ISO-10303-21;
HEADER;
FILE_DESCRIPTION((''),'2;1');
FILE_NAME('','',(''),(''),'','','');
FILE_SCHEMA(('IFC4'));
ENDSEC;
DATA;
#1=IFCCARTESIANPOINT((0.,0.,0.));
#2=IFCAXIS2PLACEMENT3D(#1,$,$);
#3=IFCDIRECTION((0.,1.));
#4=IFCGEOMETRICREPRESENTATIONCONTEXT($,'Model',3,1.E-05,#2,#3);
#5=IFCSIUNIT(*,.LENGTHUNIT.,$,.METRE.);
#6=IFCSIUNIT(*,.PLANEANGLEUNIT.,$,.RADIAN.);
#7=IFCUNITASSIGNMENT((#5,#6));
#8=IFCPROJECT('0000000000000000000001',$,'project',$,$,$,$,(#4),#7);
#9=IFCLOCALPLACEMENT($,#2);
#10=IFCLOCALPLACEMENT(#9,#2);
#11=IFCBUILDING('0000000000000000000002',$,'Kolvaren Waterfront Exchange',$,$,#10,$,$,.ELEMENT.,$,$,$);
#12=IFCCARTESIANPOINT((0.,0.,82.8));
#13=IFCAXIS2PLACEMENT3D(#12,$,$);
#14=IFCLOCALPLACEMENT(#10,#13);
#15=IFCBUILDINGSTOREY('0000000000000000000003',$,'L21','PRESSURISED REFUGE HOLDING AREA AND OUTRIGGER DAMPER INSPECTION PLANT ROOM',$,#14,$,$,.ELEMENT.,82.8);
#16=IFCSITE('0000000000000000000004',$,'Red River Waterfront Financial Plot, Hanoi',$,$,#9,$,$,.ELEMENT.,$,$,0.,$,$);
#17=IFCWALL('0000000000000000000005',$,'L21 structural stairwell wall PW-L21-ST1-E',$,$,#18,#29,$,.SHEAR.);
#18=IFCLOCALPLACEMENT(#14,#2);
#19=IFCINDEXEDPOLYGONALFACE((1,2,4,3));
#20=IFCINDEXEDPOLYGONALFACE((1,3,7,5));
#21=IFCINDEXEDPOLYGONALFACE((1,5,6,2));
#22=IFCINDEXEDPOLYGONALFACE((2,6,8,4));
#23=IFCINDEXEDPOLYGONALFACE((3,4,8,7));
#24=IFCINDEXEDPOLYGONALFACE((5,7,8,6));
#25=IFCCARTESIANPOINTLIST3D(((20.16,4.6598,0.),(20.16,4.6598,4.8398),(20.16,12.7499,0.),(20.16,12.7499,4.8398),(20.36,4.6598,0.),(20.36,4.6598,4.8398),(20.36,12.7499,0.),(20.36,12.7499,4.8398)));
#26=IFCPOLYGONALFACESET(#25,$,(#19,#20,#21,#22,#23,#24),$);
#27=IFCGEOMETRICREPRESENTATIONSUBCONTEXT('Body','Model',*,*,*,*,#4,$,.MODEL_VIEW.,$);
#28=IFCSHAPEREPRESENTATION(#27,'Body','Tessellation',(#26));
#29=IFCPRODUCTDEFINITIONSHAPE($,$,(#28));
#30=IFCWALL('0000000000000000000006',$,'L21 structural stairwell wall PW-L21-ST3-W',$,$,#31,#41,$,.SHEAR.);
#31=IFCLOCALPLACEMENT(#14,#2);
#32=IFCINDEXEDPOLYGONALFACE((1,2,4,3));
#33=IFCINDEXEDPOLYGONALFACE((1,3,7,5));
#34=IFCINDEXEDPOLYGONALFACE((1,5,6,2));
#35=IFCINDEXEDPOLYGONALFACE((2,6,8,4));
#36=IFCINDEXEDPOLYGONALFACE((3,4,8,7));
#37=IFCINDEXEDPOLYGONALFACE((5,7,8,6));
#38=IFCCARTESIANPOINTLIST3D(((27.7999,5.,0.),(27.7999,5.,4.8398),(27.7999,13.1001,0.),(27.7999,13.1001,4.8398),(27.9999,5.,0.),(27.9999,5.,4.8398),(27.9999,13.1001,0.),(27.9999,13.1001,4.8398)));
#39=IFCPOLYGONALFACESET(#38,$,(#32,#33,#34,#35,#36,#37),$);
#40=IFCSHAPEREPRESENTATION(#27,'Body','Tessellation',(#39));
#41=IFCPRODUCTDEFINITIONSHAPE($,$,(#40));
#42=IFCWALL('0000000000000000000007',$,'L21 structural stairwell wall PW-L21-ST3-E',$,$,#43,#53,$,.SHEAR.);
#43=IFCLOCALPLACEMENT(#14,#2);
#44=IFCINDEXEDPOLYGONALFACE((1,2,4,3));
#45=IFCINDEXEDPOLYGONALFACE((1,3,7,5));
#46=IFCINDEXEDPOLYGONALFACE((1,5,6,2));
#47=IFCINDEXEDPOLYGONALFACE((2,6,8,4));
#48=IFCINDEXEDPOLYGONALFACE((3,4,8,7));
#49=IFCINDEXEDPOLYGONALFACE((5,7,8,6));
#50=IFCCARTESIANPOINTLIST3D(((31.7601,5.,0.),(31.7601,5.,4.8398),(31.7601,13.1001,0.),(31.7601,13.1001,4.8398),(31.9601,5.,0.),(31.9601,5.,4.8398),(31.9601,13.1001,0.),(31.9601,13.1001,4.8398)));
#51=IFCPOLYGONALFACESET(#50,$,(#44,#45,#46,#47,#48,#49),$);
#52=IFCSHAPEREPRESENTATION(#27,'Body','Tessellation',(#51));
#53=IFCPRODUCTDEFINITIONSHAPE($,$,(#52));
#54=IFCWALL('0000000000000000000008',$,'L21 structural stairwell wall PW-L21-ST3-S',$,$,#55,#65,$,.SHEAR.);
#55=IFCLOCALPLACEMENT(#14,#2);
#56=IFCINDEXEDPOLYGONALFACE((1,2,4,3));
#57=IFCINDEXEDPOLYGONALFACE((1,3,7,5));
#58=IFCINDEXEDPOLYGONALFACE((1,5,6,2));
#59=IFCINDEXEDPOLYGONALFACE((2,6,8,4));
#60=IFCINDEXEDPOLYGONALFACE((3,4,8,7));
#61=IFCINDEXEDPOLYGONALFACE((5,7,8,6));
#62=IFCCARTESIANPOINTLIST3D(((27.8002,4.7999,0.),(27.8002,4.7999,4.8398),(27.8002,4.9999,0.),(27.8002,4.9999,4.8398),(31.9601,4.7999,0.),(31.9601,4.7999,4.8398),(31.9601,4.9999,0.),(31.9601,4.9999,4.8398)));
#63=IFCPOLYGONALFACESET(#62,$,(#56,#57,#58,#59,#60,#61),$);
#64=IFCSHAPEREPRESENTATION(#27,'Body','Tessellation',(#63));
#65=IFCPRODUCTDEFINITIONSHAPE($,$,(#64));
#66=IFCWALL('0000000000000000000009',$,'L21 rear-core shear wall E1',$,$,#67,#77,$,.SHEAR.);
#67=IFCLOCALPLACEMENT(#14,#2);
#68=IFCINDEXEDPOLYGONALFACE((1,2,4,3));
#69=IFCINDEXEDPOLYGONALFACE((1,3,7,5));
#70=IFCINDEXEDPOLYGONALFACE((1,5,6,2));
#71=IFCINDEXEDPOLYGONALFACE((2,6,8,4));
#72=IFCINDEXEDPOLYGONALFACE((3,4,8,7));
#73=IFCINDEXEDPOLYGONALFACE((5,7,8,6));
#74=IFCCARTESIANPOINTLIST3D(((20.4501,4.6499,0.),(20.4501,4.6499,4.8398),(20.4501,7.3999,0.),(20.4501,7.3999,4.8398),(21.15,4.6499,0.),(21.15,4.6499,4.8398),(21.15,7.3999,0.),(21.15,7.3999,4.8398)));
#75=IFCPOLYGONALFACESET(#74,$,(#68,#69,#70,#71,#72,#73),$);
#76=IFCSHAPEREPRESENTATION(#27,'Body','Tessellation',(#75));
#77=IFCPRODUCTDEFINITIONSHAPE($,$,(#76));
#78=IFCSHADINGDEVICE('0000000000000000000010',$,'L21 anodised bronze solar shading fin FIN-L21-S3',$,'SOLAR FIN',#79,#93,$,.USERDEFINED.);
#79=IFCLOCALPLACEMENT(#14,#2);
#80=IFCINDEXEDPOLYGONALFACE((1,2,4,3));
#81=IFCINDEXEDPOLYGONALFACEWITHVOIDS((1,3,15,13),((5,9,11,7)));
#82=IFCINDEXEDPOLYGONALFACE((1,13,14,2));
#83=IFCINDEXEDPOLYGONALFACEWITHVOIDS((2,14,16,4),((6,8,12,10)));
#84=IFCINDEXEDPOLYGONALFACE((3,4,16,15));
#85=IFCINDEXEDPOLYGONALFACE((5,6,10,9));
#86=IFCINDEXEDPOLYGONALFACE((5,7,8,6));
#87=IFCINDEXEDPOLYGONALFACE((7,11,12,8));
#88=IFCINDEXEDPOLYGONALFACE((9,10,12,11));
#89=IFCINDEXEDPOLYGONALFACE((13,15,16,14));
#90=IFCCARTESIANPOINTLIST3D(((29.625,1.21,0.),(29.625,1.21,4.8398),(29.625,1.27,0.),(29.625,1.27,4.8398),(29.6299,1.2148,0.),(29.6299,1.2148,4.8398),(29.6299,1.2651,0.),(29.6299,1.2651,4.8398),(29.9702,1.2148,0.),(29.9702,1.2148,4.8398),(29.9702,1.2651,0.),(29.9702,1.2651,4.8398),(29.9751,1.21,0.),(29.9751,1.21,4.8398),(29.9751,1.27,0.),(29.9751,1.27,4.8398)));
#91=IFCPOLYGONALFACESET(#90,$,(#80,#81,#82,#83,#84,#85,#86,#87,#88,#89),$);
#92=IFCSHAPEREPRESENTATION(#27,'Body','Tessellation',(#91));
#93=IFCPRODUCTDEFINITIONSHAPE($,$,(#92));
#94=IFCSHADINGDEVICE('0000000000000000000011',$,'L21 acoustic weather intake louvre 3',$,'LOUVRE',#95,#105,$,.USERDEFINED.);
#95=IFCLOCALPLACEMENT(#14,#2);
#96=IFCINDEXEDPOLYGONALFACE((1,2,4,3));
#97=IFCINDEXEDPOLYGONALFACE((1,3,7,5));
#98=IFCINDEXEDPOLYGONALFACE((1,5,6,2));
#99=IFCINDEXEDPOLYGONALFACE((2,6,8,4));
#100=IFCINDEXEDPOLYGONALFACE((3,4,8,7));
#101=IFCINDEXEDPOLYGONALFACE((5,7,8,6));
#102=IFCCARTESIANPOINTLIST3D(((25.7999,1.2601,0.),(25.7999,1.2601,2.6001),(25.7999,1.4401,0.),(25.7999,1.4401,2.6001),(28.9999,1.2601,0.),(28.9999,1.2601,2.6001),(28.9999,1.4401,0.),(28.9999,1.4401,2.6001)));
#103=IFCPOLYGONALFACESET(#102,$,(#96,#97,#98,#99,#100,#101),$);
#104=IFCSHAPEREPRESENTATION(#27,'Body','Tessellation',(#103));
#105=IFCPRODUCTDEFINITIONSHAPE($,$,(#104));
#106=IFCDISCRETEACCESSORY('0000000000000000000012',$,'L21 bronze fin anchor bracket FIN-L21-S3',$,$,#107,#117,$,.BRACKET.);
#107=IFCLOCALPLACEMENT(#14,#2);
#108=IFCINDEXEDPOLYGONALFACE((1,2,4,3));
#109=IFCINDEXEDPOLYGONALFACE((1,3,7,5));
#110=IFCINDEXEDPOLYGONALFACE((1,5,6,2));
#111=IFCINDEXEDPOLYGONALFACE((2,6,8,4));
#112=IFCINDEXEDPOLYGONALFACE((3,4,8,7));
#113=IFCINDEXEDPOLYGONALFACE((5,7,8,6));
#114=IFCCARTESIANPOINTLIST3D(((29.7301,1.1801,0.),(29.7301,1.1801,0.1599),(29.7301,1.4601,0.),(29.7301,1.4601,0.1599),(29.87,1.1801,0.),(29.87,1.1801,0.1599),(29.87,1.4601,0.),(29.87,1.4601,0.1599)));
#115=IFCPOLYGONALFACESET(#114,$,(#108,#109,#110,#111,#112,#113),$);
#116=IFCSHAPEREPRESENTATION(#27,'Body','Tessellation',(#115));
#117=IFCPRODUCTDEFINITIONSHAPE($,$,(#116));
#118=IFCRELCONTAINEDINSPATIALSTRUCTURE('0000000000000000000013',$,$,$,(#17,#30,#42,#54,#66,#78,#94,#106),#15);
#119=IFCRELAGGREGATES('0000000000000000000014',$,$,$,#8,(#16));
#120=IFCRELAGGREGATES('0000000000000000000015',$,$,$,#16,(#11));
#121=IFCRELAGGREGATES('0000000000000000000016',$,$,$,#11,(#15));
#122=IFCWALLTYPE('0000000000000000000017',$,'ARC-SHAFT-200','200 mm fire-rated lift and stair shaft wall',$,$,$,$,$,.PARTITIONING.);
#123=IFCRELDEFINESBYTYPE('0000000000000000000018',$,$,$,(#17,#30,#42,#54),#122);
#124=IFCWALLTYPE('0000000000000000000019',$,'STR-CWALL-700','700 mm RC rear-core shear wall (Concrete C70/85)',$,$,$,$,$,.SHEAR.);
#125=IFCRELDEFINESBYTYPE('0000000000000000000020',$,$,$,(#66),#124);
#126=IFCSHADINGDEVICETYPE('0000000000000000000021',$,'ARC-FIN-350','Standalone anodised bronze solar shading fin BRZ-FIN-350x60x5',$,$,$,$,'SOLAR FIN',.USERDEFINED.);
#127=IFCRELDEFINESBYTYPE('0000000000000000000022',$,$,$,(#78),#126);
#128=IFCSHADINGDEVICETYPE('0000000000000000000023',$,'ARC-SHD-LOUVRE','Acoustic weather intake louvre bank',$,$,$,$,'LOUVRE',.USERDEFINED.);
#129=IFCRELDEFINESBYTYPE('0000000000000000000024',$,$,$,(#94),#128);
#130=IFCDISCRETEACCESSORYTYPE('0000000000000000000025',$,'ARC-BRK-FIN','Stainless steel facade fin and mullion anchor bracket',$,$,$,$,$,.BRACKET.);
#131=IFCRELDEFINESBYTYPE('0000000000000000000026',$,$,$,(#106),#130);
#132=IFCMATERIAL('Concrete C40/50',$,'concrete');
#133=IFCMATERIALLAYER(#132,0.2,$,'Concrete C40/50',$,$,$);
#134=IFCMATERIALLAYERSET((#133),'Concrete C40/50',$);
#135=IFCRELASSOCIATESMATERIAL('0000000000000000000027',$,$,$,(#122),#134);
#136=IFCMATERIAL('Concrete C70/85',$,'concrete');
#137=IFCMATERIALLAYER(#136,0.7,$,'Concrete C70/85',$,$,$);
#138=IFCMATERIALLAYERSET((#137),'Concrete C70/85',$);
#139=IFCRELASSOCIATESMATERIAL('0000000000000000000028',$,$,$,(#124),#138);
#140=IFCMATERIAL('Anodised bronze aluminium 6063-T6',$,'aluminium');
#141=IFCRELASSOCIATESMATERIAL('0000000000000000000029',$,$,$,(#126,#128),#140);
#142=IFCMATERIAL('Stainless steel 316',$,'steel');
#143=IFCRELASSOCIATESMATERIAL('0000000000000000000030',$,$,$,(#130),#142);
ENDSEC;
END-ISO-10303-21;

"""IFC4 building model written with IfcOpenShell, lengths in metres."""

from ifc_helpers import new_model, si_unit, direction, frame, frame_2d, origin, origin_with_axes, origin_2d, place, context, subcontext, project, spatial, rectangle, hollow_rectangle, extrude, source, transform, mapped, material, layer, layer_set, material_profile, profile_set, type_object, element, save


model = new_model("IFC4")

# Units and contexts
model_context = context("Model", 3, precision=1e-05, world=origin(), true_north=direction((0.0, 1.0)))
body_context = subcontext(model_context, "Body", "Model", "MODEL_VIEW")
ifc_project = project(units=[si_unit("LENGTHUNIT", "METRE"), si_unit("PLANEANGLEUNIT", "RADIAN")], contexts=[model_context])

# Site, building, storey
site_placement = place(None, origin())
site = spatial("IfcSite", under=ifc_project, at=site_placement, Name="Red River Waterfront Financial Plot, Hanoi", CompositionType="ELEMENT", RefElevation=0.0)
building_placement = place(site_placement, origin())
building = spatial("IfcBuilding", under=site, at=building_placement, Name="Kolvaren Waterfront Exchange", CompositionType="ELEMENT")
storey_placement = place(building_placement, frame((0.0, 0.0, 82.8)))
storey = spatial("IfcBuildingStorey", under=building, at=storey_placement, Name="L21", Description="PRESSURISED REFUGE HOLDING AREA AND OUTRIGGER DAMPER INSPECTION PLANT ROOM", CompositionType="ELEMENT", Elevation=82.8)

# Shared definitions
ifc_material_1 = material(Name="Concrete C70/85", Category="concrete")

# Shared definitions
ifc_material_2 = material(Name="Anodised bronze aluminium 6063-T6", Category="aluminium")

# Walls
ifc_material_3 = material(Name="Concrete C40/50", Category="concrete")
ifc_layer_1 = layer(ifc_material_3, 0.2, Name="Concrete C40/50")
ifc_layer_set_1 = layer_set([ifc_layer_1], Name="Concrete C40/50")
wall_type_1 = type_object("IfcWallType", Name="ARC-SHAFT-200", Description="200 mm fire-rated lift and stair shaft wall", PredefinedType="PARTITIONING", material=ifc_layer_set_1)
wall_1_placement = place(storey_placement, frame((20.26, 4.6599, 0.0), z_axis=(0.0, 0.0, 1.0), x_axis=(0.0, 1.0, 0.0)))
element("IfcWall", 1, at=wall_1_placement, inside=storey, type_object=wall_type_1, Name="L21 structural stairwell wall PW-L21-ST1-E", PredefinedType="SHEAR", context=body_context, shape_type="SweptSolid", body=[
    extrude(rectangle(XDim=8.0901, YDim=0.2, at=frame_2d((4.0449, 0.0))), origin(), (0.0, 0.0, 1.0), 4.8398),
])
for number, where, z_axis, x_axis, name in (
    (2, (27.8999, 5.0, 0.0), (0.0, 0.0, 1.0), (0.0, 1.0, 0.0), "L21 structural stairwell wall PW-L21-ST3-W"),
    (3, (31.8601, 5.0, 0.0), (0.0, 0.0, 1.0), (0.0, 1.0, 0.0), "L21 structural stairwell wall PW-L21-ST3-E"),
):
    element("IfcWall", number, at=place(storey_placement, frame(where, z_axis=z_axis, x_axis=x_axis)), inside=storey, type_object=wall_type_1, Name=name, PredefinedType="SHEAR", context=body_context, shape_type="SweptSolid", body=[
        extrude(rectangle(XDim=8.1001, YDim=0.2, at=frame_2d((4.05, 0.0))), origin(), (0.0, 0.0, 1.0), 4.8398),
    ])
wall_2_placement = place(storey_placement, frame((27.8, 4.8999, 0.0), z_axis=(0.0, 0.0, 1.0), x_axis=(1.0, 0.0, 0.0)))
element("IfcWall", 4, at=wall_2_placement, inside=storey, type_object=wall_type_1, Name="L21 structural stairwell wall PW-L21-ST3-S", PredefinedType="SHEAR", context=body_context, shape_type="SweptSolid", body=[
    extrude(rectangle(XDim=4.1599, YDim=0.2, at=frame_2d((2.0801, 0.0))), origin(), (0.0, 0.0, 1.0), 4.8398),
])
ifc_layer_2 = layer(ifc_material_1, 0.7, Name="Concrete C70/85")
ifc_layer_set_2 = layer_set([ifc_layer_2], Name="Concrete C70/85")
wall_type_2 = type_object("IfcWallType", Name="STR-CWALL-700", Description="700 mm RC rear-core shear wall (Concrete C70/85)", PredefinedType="SHEAR", material=ifc_layer_set_2)
wall_3_placement = place(storey_placement, frame((20.8, 4.6499, 0.0), z_axis=(0.0, 0.0, 1.0), x_axis=(0.0, 1.0, 0.0)))
element("IfcWall", 5, at=wall_3_placement, inside=storey, type_object=wall_type_2, Name="L21 rear-core shear wall E1", PredefinedType="SHEAR", context=body_context, shape_type="SweptSolid", body=[
    extrude(rectangle(XDim=2.75, YDim=0.7, at=frame_2d((1.375, 0.0))), origin(), (0.0, 0.0, 1.0), 4.8398),
])

# Shading devices
ifc_material_profile_1 = material_profile(ifc_material_2, hollow_rectangle(XDim=0.0601, YDim=0.3501, WallThickness=0.0049, at=origin_2d()), Name="BRZ-FIN-350x60x5")
ifc_profile_set_1 = profile_set([ifc_material_profile_1], Name="Anodised bronze aluminium 6063-T6")
shading_device_type_1 = type_object("IfcShadingDeviceType", Name="ARC-FIN-350", Description="Standalone anodised bronze solar shading fin BRZ-FIN-350x60x5", ElementType="SOLAR FIN", PredefinedType="USERDEFINED", material=ifc_profile_set_1)
shading_device_1_placement = place(storey_placement, frame((29.8, 1.24, 0.0), z_axis=(0.0, 0.0, 1.0), x_axis=(0.0, -1.0, 0.0)))
element("IfcShadingDevice", 6, at=shading_device_1_placement, inside=storey, type_object=shading_device_type_1, Name="L21 anodised bronze solar shading fin FIN-L21-S3", ObjectType="SOLAR FIN", PredefinedType="USERDEFINED", context=body_context, shape_type="SweptSolid", body=[
    extrude(hollow_rectangle(XDim=0.0601, YDim=0.3501, WallThickness=0.0049, at=origin_2d()), origin(), (0.0, 0.0, 1.0), 4.8398),
])
shading_device_type_2 = type_object("IfcShadingDeviceType", Name="ARC-SHD-LOUVRE", Description="Acoustic weather intake louvre bank", ElementType="LOUVRE", PredefinedType="USERDEFINED", material=ifc_material_2)
shared_shape_1 = source(origin_with_axes(), body_context, "Body", "SweptSolid", [
    extrude(rectangle(XDim=3.2, YDim=0.1799, at=origin_2d()), origin(), (0.0, 0.0, 1.0), 2.6001),
])
shading_device_2_placement = place(storey_placement, frame((27.3999, 1.3501, 0.0), z_axis=(0.0, 0.0, 1.0), x_axis=(1.0, 0.0, 0.0)))
element("IfcShadingDevice", 7, at=shading_device_2_placement, inside=storey, type_object=shading_device_type_2, Name="L21 acoustic weather intake louvre 3", ObjectType="LOUVRE", PredefinedType="USERDEFINED", context=body_context, shape_type="MappedRepresentation", body=[
    mapped(shared_shape_1, transform((0.0, 0.0, 0.0), x_axis=(1.0, 0.0, 0.0), y_axis=(0.0, 1.0, 0.0), z_axis=(0.0, 0.0, 1.0), scale=1.0)),
])

# Discrete accessory
ifc_material_4 = material(Name="Stainless steel 316", Category="steel")
discrete_accessory_type = type_object("IfcDiscreteAccessoryType", Name="ARC-BRK-FIN", Description="Stainless steel facade fin and mullion anchor bracket", PredefinedType="BRACKET", material=ifc_material_4)
shared_shape_2 = source(origin_with_axes(), body_context, "Body", "SweptSolid", [
    extrude(rectangle(XDim=0.28, YDim=0.1399, at=origin_2d()), origin(), (0.0, 0.0, 1.0), 0.1599),
])
discrete_accessory_placement = place(storey_placement, frame((29.8, 1.3201, 0.0), z_axis=(0.0, 0.0, 1.0), x_axis=(0.0, -1.0, 0.0)))
element("IfcDiscreteAccessory", 8, at=discrete_accessory_placement, inside=storey, type_object=discrete_accessory_type, Name="L21 bronze fin anchor bracket FIN-L21-S3", PredefinedType="BRACKET", context=body_context, shape_type="MappedRepresentation", body=[
    mapped(shared_shape_2, transform((0.0, 0.0, 0.0), x_axis=(1.0, 0.0, 0.0), y_axis=(0.0, 1.0, 0.0), z_axis=(0.0, 0.0, 1.0), scale=1.0)),
])

save(model, "model.ifc")
